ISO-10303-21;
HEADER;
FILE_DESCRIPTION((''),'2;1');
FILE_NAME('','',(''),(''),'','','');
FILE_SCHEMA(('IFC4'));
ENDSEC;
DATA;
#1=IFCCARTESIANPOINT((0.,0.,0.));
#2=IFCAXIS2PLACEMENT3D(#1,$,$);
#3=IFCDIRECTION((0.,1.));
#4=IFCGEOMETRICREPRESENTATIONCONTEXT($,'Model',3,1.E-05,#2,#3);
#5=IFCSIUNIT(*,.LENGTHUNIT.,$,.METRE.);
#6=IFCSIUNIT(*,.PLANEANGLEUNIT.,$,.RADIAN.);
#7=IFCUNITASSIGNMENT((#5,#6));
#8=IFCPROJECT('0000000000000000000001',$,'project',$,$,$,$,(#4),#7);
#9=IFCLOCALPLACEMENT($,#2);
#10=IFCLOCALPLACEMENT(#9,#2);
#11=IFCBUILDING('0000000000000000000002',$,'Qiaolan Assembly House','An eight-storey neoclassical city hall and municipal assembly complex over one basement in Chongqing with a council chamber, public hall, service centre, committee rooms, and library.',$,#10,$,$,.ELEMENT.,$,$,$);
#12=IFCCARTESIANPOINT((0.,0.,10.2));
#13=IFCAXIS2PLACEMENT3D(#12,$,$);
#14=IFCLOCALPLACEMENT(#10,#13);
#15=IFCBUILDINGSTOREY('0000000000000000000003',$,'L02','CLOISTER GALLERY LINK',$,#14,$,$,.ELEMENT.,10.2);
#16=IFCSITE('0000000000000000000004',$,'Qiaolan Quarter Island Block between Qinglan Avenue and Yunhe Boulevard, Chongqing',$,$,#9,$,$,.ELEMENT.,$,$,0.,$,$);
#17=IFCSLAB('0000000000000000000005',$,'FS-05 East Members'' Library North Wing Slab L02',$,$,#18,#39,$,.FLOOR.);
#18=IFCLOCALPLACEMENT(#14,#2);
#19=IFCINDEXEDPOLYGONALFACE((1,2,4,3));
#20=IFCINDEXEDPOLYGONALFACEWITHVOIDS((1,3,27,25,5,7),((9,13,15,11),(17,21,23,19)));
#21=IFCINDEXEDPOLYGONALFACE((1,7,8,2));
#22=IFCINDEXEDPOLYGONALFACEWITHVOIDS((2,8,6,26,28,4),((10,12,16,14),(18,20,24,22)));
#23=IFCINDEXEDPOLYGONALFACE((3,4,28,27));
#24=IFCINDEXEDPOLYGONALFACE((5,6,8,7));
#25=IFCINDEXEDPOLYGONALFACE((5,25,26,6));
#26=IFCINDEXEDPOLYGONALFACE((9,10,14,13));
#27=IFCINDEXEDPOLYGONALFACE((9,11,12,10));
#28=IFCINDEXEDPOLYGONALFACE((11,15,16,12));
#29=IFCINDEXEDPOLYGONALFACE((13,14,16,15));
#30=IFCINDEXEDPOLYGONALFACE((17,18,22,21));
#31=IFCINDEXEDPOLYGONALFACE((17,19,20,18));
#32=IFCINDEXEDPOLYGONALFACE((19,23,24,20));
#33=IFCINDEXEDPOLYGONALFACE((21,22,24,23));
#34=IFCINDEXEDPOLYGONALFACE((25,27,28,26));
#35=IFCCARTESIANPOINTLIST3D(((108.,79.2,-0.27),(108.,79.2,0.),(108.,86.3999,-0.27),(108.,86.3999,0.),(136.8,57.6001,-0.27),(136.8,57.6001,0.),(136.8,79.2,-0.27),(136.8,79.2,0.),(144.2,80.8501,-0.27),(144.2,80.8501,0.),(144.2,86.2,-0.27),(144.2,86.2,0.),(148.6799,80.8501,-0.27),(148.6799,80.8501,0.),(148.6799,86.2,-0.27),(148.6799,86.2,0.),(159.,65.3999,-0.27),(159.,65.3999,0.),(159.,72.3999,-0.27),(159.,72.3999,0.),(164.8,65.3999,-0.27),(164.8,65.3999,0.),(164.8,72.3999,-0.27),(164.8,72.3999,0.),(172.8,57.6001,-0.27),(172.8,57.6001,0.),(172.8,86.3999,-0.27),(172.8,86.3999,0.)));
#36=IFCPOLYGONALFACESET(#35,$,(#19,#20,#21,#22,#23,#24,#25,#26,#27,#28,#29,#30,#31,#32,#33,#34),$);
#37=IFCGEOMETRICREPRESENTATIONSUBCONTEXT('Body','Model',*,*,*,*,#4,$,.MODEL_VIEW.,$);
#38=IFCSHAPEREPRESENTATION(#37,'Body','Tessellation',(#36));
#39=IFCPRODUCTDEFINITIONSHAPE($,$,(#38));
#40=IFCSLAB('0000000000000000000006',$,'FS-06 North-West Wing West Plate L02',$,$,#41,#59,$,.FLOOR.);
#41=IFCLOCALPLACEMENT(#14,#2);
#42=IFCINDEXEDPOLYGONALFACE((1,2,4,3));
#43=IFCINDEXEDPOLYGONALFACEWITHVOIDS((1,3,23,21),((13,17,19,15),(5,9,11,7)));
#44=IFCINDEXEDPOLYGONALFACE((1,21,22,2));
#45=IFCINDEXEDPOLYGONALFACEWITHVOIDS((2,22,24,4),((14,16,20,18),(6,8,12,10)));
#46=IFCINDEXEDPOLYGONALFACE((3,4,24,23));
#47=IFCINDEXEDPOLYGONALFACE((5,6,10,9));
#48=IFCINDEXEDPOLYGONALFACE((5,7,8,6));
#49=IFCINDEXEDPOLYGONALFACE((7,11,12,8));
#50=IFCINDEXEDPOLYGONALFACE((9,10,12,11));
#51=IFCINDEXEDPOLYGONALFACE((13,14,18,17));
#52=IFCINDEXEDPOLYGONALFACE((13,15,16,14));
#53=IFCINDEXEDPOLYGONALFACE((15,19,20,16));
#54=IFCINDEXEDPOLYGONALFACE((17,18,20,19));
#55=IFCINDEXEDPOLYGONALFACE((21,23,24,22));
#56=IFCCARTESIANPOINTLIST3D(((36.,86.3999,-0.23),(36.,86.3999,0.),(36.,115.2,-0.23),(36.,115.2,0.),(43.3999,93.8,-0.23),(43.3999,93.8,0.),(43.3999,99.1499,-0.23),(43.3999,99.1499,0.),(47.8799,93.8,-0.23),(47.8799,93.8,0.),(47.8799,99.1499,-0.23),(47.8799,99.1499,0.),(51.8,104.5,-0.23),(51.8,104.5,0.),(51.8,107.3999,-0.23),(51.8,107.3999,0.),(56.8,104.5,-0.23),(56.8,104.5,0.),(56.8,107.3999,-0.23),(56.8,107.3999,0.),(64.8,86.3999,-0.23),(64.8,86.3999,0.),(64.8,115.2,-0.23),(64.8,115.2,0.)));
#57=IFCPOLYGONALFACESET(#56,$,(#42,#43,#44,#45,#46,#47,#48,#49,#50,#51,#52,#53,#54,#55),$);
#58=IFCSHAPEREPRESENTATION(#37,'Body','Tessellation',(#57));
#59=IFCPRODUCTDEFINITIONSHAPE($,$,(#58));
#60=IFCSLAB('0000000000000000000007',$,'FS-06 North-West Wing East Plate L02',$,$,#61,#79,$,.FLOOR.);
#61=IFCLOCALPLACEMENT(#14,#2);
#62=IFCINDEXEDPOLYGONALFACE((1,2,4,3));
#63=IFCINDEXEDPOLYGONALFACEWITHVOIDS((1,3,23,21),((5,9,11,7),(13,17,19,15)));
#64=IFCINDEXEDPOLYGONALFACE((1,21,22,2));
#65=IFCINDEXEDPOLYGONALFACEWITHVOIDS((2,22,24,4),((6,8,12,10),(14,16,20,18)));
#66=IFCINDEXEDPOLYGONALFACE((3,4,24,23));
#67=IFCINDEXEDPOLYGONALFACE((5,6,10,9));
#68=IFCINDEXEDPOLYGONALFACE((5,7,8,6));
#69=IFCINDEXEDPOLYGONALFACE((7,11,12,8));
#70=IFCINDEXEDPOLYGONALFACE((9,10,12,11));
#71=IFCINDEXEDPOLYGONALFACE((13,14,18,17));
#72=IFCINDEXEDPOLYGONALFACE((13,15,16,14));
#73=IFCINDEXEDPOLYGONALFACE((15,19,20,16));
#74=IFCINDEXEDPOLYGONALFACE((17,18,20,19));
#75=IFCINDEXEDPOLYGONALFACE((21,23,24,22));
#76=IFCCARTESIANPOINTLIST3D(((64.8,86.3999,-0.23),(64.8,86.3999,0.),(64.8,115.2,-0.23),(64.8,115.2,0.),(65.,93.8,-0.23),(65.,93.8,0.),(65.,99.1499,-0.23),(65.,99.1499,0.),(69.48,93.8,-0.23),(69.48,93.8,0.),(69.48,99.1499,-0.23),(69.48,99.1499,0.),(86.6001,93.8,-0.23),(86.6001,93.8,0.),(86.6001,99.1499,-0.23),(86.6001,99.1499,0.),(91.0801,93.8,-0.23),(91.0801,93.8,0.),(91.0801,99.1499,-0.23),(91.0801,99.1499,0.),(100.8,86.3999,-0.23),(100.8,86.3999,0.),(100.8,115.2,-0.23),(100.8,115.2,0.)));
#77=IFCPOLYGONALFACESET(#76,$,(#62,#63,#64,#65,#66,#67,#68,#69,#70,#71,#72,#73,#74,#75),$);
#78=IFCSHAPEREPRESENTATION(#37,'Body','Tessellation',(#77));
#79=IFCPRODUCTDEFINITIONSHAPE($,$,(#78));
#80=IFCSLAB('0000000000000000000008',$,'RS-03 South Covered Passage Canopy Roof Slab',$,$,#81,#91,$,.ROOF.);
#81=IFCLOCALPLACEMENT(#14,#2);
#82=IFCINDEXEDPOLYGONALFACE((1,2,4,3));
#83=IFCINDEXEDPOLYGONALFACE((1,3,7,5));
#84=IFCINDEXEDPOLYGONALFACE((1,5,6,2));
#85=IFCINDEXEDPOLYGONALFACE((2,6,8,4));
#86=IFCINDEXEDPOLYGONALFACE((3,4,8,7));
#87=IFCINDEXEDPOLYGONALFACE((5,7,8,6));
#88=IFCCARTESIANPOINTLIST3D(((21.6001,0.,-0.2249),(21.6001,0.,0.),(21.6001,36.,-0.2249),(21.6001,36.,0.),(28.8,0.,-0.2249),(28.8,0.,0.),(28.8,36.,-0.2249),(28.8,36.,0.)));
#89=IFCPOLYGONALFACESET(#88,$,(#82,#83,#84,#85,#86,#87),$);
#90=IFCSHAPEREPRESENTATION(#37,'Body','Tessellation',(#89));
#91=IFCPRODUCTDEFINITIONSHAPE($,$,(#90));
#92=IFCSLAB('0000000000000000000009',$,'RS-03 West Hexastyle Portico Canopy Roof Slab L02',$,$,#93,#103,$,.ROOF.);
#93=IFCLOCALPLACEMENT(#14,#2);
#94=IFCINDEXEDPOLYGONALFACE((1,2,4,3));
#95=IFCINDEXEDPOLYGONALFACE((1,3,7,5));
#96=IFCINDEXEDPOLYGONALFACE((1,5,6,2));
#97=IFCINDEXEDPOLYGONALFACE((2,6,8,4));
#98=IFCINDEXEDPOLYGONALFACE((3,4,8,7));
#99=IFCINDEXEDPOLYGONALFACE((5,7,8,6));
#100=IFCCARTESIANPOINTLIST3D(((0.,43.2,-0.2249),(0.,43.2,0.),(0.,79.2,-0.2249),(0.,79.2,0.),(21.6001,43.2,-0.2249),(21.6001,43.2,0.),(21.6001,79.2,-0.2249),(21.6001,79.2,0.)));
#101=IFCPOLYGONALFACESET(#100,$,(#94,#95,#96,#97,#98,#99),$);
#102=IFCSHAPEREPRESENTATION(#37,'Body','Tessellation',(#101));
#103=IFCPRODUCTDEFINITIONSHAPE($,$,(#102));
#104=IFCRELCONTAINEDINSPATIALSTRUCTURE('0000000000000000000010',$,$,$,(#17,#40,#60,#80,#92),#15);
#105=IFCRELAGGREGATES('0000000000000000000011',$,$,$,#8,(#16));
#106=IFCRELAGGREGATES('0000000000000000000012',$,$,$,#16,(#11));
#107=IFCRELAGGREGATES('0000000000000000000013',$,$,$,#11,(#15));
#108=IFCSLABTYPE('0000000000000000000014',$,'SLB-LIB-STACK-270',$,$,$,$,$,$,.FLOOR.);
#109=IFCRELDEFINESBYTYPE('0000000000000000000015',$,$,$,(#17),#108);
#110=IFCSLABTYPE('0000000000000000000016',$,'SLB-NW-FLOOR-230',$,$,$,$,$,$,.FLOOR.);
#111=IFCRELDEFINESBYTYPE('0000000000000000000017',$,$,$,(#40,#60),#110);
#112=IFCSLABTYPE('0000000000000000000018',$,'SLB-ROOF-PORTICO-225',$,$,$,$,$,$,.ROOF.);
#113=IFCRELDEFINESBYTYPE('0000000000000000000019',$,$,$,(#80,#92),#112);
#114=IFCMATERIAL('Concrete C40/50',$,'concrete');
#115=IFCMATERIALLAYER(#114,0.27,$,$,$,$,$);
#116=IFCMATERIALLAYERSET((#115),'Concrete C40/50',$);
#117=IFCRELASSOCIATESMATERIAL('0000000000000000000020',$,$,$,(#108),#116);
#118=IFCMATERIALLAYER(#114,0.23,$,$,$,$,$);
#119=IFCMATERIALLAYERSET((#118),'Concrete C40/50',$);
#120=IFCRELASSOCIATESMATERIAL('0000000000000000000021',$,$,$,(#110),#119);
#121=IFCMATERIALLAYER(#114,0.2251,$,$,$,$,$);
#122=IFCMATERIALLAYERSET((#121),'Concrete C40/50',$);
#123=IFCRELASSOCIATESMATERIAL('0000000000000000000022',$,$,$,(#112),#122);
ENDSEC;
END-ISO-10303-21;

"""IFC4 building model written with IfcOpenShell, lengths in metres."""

from ifc_helpers import new_model, si_unit, direction, frame, origin, place, context, subcontext, project, spatial, polyline, outline, extrude, material, layer, layer_set, type_object, element, save


model = new_model("IFC4")

# Units and contexts
model_context = context("Model", 3, precision=1e-05, world=origin(), true_north=direction((0.0, 1.0)))
body_context = subcontext(model_context, "Body", "Model", "MODEL_VIEW")
ifc_project = project(units=[si_unit("LENGTHUNIT", "METRE"), si_unit("PLANEANGLEUNIT", "RADIAN")], contexts=[model_context])

# Site, building, storey
site_placement = place(None, origin())
site = spatial("IfcSite", under=ifc_project, at=site_placement, Name="Qiaolan Quarter Island Block between Qinglan Avenue and Yunhe Boulevard, Chongqing", CompositionType="ELEMENT", RefElevation=0.0)
building_placement = place(site_placement, origin())
building = spatial("IfcBuilding", under=site, at=building_placement, Name="Qiaolan Assembly House", Description="An eight-storey neoclassical city hall and municipal assembly complex over one basement in Chongqing with a council chamber, public hall, service centre, committee rooms, and library.", CompositionType="ELEMENT")
storey_placement = place(building_placement, frame((0.0, 0.0, 10.2)))
storey = spatial("IfcBuildingStorey", under=building, at=storey_placement, Name="L02", Description="CLOISTER GALLERY LINK", CompositionType="ELEMENT", Elevation=10.2)

# Slabs
ifc_material_1 = material(Name="Concrete C40/50", Category="concrete")
ifc_layer_1 = layer(ifc_material_1, 0.27)
ifc_layer_set_1 = layer_set([ifc_layer_1], Name="Concrete C40/50")
slab_type_1 = type_object("IfcSlabType", Name="SLB-LIB-STACK-270", PredefinedType="FLOOR", material=ifc_layer_set_1)
slab_1_placement = place(storey_placement, frame((0.0, 0.0, -0.27)))
element("IfcSlab", 1, at=slab_1_placement, inside=storey, type_object=slab_type_1, Name="FS-05 East Members' Library North Wing Slab L02", PredefinedType="FLOOR", context=body_context, shape_type="SweptSolid", body=[
    extrude(outline(polyline([(136.8, 57.6001), (172.8, 57.6001), (172.8, 86.3999), (108.0, 86.3999), (108.0, 79.2), (136.8, 79.2), (136.8, 57.6001)]), holes=[polyline([(144.2, 80.8501), (144.2, 86.2), (148.6799, 86.2), (148.6799, 80.8501), (144.2, 80.8501)]), polyline([(159.0, 65.3999), (159.0, 72.3999), (164.8, 72.3999), (164.8, 65.3999), (159.0, 65.3999)])]), origin(), (0.0, 0.0, 1.0), 0.27),
])
ifc_layer_2 = layer(ifc_material_1, 0.23)
ifc_layer_set_2 = layer_set([ifc_layer_2], Name="Concrete C40/50")
slab_type_2 = type_object("IfcSlabType", Name="SLB-NW-FLOOR-230", PredefinedType="FLOOR", material=ifc_layer_set_2)
slab_2_placement = place(storey_placement, frame((0.0, 0.0, -0.23)))
element("IfcSlab", 2, at=slab_2_placement, inside=storey, type_object=slab_type_2, Name="FS-06 North-West Wing West Plate L02", PredefinedType="FLOOR", context=body_context, shape_type="SweptSolid", body=[
    extrude(outline(polyline([(36.0, 86.3999), (64.8, 86.3999), (64.8, 115.2), (36.0, 115.2), (36.0, 86.3999)]), holes=[polyline([(43.3999, 93.8), (43.3999, 99.1499), (47.8799, 99.1499), (47.8799, 93.8), (43.3999, 93.8)]), polyline([(51.8, 104.5), (51.8, 107.3999), (56.8, 107.3999), (56.8, 104.5), (51.8, 104.5)])]), origin(), (0.0, 0.0, 1.0), 0.23),
])
slab_3_placement = place(storey_placement, frame((0.0, 0.0, -0.23)))
element("IfcSlab", 3, at=slab_3_placement, inside=storey, type_object=slab_type_2, Name="FS-06 North-West Wing East Plate L02", PredefinedType="FLOOR", context=body_context, shape_type="SweptSolid", body=[
    extrude(outline(polyline([(64.8, 86.3999), (100.8, 86.3999), (100.8, 115.2), (64.8, 115.2), (64.8, 86.3999)]), holes=[polyline([(65.0, 93.8), (65.0, 99.1499), (69.48, 99.1499), (69.48, 93.8), (65.0, 93.8)]), polyline([(86.6001, 93.8), (86.6001, 99.1499), (91.0801, 99.1499), (91.0801, 93.8), (86.6001, 93.8)])]), origin(), (0.0, 0.0, 1.0), 0.23),
])
ifc_layer_3 = layer(ifc_material_1, 0.2251)
ifc_layer_set_3 = layer_set([ifc_layer_3], Name="Concrete C40/50")
slab_type_3 = type_object("IfcSlabType", Name="SLB-ROOF-PORTICO-225", PredefinedType="ROOF", material=ifc_layer_set_3)
slab_4_placement = place(storey_placement, frame((0.0, 0.0, -0.2249)))
element("IfcSlab", 4, at=slab_4_placement, inside=storey, type_object=slab_type_3, Name="RS-03 South Covered Passage Canopy Roof Slab", PredefinedType="ROOF", context=body_context, shape_type="SweptSolid", body=[
    extrude(outline(polyline([(21.6001, 0.0), (28.8, 0.0), (28.8, 36.0), (21.6001, 36.0), (21.6001, 0.0)])), origin(), (0.0, 0.0, 1.0), 0.2249),
])
slab_5_placement = place(storey_placement, frame((0.0, 0.0, -0.2249)))
element("IfcSlab", 5, at=slab_5_placement, inside=storey, type_object=slab_type_3, Name="RS-03 West Hexastyle Portico Canopy Roof Slab L02", PredefinedType="ROOF", context=body_context, shape_type="SweptSolid", body=[
    extrude(outline(polyline([(0.0, 43.2), (21.6001, 43.2), (21.6001, 79.2), (0.0, 79.2), (0.0, 43.2)])), origin(), (0.0, 0.0, 1.0), 0.2249),
])

save(model, "model.ifc")
